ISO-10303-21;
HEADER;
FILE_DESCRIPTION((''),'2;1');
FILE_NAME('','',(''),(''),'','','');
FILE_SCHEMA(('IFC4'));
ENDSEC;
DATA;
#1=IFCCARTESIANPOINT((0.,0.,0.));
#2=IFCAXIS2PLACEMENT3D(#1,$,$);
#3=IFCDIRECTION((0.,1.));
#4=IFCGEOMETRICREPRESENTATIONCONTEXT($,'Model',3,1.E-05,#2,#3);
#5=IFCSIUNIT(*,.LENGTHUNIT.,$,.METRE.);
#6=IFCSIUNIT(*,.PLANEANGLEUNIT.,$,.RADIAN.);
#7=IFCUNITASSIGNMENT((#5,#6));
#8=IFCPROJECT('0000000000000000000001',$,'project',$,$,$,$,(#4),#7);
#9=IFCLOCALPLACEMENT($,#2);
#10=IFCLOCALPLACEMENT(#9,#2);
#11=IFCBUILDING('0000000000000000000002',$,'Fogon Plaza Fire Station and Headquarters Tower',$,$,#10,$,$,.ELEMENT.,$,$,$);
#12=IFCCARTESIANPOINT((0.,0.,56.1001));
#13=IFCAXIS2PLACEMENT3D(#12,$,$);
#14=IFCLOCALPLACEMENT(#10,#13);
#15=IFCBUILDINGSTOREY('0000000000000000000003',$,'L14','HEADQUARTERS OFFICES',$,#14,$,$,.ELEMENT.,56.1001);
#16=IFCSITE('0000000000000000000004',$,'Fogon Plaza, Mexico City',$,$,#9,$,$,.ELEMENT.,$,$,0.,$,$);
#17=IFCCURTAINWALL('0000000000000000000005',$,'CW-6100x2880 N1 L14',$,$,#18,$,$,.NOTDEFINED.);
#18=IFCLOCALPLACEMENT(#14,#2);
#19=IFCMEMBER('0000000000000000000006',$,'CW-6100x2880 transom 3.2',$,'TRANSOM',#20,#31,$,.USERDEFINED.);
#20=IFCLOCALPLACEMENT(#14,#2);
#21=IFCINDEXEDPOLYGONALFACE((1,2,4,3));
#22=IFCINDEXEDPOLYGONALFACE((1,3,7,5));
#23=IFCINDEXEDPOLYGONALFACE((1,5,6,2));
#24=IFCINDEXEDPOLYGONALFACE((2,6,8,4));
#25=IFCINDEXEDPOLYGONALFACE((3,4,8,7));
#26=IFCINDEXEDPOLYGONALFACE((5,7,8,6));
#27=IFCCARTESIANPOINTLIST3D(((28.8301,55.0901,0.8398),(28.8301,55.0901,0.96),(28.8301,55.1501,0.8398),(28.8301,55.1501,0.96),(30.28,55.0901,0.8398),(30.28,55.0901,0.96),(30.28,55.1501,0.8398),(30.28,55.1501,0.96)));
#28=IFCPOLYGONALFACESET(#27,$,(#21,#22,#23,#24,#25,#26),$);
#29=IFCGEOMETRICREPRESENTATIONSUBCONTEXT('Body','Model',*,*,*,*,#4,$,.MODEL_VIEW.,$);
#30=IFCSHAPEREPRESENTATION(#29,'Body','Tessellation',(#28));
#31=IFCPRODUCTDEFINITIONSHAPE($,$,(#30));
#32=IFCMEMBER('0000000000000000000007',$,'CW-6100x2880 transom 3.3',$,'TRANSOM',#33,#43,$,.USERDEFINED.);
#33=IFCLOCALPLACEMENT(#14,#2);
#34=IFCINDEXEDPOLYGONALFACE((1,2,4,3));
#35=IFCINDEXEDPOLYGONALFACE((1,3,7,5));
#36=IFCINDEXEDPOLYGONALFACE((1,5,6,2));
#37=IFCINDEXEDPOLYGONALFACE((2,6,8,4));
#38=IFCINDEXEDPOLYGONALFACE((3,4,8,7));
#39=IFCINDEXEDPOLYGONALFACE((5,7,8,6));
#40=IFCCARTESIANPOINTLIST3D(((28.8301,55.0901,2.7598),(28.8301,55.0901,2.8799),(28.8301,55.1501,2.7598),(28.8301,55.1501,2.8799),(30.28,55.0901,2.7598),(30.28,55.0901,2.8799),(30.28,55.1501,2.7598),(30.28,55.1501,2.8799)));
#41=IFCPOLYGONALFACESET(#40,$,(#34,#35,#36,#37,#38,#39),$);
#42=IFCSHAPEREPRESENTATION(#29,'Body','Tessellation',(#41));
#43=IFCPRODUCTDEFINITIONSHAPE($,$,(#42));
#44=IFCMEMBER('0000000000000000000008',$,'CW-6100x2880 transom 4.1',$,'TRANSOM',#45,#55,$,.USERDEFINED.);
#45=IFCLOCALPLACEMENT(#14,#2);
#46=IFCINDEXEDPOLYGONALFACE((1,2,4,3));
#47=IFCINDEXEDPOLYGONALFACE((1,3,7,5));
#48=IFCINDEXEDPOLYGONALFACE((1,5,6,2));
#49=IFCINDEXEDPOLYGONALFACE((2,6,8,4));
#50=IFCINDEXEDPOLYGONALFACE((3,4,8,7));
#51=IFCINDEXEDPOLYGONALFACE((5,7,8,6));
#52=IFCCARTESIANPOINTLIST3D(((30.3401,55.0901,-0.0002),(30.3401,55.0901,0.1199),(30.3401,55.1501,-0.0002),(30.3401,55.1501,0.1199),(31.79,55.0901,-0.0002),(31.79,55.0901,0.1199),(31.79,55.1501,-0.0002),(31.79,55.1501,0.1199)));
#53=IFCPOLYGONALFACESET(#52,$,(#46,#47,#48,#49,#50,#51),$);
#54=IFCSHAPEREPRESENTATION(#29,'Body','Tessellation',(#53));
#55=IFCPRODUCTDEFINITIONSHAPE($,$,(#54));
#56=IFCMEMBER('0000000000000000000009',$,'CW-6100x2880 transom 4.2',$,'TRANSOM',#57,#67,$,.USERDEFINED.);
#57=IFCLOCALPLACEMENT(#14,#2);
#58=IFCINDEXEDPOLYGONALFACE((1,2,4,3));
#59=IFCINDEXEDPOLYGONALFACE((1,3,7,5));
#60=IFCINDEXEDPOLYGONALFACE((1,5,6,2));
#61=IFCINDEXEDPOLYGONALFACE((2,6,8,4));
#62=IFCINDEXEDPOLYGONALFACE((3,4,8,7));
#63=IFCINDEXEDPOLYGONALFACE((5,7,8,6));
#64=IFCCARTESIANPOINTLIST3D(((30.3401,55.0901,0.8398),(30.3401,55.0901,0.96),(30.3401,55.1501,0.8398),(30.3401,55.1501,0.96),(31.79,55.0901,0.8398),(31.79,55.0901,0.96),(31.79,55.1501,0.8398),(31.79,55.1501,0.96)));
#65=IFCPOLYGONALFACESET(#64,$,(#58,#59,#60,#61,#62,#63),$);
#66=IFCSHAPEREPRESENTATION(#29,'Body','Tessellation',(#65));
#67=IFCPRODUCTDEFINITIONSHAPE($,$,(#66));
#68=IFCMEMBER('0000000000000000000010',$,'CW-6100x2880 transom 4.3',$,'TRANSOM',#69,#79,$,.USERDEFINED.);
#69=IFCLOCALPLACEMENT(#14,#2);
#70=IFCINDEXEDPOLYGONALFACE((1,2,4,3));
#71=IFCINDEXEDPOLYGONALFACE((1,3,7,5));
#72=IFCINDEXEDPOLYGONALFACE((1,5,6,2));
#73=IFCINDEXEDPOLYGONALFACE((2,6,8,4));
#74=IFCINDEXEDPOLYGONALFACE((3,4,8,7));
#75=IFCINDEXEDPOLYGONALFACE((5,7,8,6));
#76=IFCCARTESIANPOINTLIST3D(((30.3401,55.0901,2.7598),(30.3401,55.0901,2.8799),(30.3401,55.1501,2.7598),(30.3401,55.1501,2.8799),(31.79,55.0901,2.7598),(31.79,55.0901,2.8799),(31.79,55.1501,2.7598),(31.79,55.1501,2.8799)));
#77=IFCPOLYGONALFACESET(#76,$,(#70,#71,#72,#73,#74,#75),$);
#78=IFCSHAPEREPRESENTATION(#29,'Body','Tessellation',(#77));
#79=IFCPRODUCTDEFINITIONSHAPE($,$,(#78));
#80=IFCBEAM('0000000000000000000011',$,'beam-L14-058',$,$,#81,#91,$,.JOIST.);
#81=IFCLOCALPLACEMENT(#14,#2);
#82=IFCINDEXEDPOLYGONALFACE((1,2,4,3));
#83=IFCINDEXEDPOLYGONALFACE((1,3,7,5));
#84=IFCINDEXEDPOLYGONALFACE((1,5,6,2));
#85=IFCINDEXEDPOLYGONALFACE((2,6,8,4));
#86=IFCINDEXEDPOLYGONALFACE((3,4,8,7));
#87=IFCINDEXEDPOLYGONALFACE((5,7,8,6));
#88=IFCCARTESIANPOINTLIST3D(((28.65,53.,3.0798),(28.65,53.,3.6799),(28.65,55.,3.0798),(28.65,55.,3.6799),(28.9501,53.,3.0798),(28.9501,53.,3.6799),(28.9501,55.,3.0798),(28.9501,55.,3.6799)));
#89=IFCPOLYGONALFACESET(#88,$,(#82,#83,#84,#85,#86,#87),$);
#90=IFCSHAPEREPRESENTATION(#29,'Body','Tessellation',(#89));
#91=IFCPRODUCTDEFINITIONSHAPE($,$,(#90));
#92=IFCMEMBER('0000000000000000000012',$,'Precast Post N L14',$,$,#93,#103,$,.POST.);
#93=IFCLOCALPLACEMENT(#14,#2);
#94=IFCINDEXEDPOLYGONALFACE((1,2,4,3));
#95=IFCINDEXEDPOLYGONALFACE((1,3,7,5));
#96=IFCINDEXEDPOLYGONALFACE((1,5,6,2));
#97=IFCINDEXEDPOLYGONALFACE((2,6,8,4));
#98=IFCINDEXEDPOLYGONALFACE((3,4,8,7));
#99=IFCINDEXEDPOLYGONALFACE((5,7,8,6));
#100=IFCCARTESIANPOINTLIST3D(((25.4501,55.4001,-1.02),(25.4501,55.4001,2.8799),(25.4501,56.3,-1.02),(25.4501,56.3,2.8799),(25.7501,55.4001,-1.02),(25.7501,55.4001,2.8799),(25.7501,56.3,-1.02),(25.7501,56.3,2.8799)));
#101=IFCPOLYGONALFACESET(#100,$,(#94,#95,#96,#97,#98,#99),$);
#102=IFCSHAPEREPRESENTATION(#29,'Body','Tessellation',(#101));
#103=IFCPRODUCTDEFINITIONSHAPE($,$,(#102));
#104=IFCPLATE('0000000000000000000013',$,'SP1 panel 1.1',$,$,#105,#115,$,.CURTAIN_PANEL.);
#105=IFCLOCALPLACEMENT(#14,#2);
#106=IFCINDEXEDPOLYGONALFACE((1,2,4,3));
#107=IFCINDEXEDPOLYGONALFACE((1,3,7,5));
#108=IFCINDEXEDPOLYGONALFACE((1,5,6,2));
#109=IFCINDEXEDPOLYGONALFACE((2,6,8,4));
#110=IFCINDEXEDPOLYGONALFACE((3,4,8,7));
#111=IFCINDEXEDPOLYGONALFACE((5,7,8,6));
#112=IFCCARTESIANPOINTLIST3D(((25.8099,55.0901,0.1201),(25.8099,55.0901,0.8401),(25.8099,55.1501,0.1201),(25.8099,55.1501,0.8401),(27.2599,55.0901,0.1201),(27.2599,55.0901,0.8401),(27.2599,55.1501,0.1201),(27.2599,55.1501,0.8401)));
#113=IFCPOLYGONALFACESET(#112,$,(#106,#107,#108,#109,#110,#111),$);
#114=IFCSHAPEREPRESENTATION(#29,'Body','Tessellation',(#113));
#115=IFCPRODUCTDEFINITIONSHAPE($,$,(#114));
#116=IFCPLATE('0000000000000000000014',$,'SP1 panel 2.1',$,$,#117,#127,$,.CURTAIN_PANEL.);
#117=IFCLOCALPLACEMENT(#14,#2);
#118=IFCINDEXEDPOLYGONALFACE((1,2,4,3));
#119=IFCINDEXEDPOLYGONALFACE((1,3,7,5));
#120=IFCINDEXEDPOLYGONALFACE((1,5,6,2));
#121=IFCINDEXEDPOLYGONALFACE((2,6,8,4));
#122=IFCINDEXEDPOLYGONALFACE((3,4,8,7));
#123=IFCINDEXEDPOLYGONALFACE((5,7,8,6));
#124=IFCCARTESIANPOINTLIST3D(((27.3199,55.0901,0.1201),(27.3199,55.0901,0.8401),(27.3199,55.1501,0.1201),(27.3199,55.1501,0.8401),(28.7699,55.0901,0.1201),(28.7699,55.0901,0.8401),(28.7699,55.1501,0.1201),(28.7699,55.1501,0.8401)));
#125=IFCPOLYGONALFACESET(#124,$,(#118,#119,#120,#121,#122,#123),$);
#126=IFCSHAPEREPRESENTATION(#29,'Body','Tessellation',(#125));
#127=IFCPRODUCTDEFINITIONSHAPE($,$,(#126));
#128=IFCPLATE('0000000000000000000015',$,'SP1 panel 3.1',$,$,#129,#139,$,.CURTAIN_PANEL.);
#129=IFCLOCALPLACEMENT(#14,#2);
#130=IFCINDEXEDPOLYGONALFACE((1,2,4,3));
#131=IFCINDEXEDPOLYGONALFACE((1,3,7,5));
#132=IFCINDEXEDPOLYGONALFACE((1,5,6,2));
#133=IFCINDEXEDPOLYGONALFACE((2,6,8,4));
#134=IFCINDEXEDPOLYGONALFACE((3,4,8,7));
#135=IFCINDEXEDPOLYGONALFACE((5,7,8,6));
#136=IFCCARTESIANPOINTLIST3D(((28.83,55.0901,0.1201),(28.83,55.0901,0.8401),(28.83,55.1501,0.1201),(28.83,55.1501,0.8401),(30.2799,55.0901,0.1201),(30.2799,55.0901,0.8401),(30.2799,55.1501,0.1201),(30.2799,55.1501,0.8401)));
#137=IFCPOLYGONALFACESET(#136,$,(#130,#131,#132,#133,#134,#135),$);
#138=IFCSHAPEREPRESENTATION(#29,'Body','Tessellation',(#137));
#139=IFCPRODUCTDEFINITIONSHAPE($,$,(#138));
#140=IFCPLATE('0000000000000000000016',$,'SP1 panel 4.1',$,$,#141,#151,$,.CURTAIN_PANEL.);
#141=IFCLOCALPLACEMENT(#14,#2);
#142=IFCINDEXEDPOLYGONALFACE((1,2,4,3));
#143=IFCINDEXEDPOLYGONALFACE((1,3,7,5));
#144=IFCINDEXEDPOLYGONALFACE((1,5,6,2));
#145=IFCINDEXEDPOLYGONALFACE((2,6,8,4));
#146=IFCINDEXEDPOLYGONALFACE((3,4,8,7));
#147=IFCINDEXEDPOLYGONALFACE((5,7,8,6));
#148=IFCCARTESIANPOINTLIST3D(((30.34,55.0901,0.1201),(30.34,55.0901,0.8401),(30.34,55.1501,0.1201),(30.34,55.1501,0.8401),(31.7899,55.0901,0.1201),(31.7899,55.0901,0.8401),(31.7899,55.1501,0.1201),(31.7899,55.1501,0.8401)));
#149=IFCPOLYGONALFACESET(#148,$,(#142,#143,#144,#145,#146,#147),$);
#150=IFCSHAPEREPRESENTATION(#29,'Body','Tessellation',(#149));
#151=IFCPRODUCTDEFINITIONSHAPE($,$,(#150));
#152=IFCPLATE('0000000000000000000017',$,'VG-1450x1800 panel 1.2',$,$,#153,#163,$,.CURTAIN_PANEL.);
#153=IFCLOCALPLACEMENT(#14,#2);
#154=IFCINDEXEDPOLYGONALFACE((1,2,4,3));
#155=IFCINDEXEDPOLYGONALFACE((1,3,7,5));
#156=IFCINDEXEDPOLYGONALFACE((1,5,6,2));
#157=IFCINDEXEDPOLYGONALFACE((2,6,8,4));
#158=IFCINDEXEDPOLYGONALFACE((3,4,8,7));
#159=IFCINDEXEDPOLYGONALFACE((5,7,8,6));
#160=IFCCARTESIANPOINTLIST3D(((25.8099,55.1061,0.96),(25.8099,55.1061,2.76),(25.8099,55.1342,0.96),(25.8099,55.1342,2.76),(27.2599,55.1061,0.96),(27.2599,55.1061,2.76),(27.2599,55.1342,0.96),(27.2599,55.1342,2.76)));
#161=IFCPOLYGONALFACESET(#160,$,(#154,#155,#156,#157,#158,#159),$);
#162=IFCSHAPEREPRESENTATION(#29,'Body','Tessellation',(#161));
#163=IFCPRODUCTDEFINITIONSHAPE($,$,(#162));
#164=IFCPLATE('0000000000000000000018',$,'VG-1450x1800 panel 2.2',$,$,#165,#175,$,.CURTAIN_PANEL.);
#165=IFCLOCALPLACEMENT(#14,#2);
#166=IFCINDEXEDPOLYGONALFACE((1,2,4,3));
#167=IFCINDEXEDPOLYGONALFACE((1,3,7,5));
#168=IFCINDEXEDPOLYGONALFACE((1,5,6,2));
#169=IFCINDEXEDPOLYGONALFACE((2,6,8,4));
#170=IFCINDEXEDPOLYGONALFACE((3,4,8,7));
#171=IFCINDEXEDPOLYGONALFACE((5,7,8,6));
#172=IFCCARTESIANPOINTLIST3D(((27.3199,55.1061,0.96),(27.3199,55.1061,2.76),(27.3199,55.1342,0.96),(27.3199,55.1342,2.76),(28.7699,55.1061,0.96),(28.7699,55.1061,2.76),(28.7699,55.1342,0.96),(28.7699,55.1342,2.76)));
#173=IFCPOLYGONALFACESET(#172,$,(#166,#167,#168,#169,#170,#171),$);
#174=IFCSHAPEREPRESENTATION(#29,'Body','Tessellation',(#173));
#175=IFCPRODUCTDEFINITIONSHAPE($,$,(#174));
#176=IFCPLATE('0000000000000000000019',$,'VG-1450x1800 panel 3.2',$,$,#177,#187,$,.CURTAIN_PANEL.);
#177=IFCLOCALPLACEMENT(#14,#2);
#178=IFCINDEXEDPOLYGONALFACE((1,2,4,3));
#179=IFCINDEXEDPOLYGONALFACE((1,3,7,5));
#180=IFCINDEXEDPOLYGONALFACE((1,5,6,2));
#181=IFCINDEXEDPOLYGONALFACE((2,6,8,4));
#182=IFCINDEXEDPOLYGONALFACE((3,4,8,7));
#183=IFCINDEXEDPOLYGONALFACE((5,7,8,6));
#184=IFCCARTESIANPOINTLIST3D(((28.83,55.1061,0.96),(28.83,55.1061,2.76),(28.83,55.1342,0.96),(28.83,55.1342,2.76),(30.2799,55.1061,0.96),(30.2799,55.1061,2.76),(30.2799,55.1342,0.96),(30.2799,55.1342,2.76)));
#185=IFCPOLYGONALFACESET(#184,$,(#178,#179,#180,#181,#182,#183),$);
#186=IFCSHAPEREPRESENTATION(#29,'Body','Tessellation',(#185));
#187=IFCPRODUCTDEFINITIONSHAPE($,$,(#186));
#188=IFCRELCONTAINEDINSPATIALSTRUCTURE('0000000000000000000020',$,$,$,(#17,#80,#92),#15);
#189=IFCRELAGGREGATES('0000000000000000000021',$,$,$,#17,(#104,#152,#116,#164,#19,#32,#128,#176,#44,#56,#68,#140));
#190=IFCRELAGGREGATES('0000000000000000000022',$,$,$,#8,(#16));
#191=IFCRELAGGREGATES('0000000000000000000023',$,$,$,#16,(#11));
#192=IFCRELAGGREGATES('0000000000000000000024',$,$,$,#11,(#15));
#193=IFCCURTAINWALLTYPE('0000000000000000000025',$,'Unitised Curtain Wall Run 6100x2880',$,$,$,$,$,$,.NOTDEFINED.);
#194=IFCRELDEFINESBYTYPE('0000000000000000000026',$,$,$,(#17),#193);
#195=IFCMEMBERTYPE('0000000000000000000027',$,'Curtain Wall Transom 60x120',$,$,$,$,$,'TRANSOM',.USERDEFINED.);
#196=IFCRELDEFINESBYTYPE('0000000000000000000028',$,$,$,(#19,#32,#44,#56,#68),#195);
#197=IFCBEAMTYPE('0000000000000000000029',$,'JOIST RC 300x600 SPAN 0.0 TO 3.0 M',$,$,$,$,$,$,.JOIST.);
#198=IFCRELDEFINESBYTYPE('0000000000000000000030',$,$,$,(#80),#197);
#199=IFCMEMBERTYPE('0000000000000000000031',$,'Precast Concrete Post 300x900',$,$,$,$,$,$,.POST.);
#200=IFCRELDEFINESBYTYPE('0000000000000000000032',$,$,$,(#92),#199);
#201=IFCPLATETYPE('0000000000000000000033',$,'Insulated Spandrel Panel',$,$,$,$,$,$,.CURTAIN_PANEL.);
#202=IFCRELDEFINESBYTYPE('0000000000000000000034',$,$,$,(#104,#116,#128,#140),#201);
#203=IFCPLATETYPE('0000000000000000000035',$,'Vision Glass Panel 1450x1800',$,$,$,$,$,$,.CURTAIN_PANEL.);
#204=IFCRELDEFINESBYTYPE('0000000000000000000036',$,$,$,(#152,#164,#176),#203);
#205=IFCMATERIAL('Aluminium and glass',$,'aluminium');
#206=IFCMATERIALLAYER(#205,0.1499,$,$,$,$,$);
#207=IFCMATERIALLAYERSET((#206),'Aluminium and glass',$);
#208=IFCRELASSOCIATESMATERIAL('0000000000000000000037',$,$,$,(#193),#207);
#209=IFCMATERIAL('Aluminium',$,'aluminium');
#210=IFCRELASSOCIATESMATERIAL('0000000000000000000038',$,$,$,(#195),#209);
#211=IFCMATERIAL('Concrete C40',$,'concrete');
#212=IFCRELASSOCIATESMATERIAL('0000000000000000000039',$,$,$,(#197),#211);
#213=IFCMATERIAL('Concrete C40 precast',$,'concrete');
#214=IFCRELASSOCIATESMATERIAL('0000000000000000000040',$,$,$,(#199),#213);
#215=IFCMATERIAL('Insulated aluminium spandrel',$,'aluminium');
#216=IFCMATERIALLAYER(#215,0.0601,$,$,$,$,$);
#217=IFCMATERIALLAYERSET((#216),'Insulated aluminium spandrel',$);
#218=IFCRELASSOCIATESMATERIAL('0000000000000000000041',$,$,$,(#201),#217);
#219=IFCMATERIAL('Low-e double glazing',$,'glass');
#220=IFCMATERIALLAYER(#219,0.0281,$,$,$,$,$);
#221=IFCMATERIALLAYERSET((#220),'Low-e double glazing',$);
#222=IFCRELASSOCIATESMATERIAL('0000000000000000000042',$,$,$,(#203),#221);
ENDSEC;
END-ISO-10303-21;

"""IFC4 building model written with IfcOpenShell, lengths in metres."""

from ifc_helpers import new_model, si_unit, direction, frame, origin, origin_2d, place, context, subcontext, project, spatial, rectangle, extrude, material, layer, layer_set, material_profile, profile_set, type_object, element, aggregate, save


model = new_model("IFC4")

# Units and contexts
model_context = context("Model", 3, precision=1e-05, world=origin(), true_north=direction((0.0, 1.0)))
body_context = subcontext(model_context, "Body", "Model", "MODEL_VIEW")
ifc_project = project(units=[si_unit("LENGTHUNIT", "METRE"), si_unit("PLANEANGLEUNIT", "RADIAN")], contexts=[model_context])

# Site, building, storey
site_placement = place(None, origin())
site = spatial("IfcSite", under=ifc_project, at=site_placement, Name="Fogon Plaza, Mexico City", CompositionType="ELEMENT", RefElevation=0.0)
building_placement = place(site_placement, origin())
building = spatial("IfcBuilding", under=site, at=building_placement, Name="Fogon Plaza Fire Station and Headquarters Tower", CompositionType="ELEMENT")
storey_placement = place(building_placement, frame((0.0, 0.0, 56.1001)))
storey = spatial("IfcBuildingStorey", under=building, at=storey_placement, Name="L14", Description="HEADQUARTERS OFFICES", CompositionType="ELEMENT", Elevation=56.1001)

# Curtain wall, members
ifc_material_1 = material(Name="Aluminium and glass", Category="aluminium")
ifc_layer_1 = layer(ifc_material_1, 0.1499)
ifc_layer_set_1 = layer_set([ifc_layer_1], Name="Aluminium and glass")
curtain_wall_type = type_object("IfcCurtainWallType", Name="Unitised Curtain Wall Run 6100x2880", PredefinedType="NOTDEFINED", material=ifc_layer_set_1)
curtain_wall_placement = place(storey_placement, origin())
curtain_wall = element("IfcCurtainWall", 1, at=curtain_wall_placement, inside=storey, type_object=curtain_wall_type, Name="CW-6100x2880 N1 L14", PredefinedType="NOTDEFINED")
ifc_material_2 = material(Name="Aluminium", Category="aluminium")
ifc_material_profile_1 = material_profile(ifc_material_2, rectangle(XDim=0.0601, YDim=0.1201, at=origin_2d()), Name="Curtain Wall Transom 60x120")
ifc_profile_set_1 = profile_set([ifc_material_profile_1], Name="Aluminium")
member_type_1 = type_object("IfcMemberType", Name="Curtain Wall Transom 60x120", ElementType="TRANSOM", PredefinedType="USERDEFINED", material=ifc_profile_set_1)
member_1_placement = place(storey_placement, frame((28.8301, 55.1201, 0.8999), z_axis=(1.0, 0.0, 0.0), x_axis=(0.0, 1.0, 0.0)))
member_1 = element("IfcMember", 2, at=member_1_placement, type_object=member_type_1, Name="CW-6100x2880 transom 3.2", ObjectType="TRANSOM", PredefinedType="USERDEFINED", context=body_context, shape_type="SweptSolid", body=[
    extrude(rectangle(XDim=0.0601, YDim=0.1201, at=origin_2d()), origin(), (0.0, 0.0, 1.0), 1.45),
])
member_2_placement = place(storey_placement, frame((28.8301, 55.1201, 2.8198), z_axis=(1.0, 0.0, 0.0), x_axis=(0.0, 1.0, 0.0)))
member_2 = element("IfcMember", 3, at=member_2_placement, type_object=member_type_1, Name="CW-6100x2880 transom 3.3", ObjectType="TRANSOM", PredefinedType="USERDEFINED", context=body_context, shape_type="SweptSolid", body=[
    extrude(rectangle(XDim=0.0601, YDim=0.1201, at=origin_2d()), origin(), (0.0, 0.0, 1.0), 1.45),
])
member_3_placement = place(storey_placement, frame((30.3401, 55.1201, 0.0598), z_axis=(1.0, 0.0, 0.0), x_axis=(0.0, 1.0, 0.0)))
member_3 = element("IfcMember", 4, at=member_3_placement, type_object=member_type_1, Name="CW-6100x2880 transom 4.1", ObjectType="TRANSOM", PredefinedType="USERDEFINED", context=body_context, shape_type="SweptSolid", body=[
    extrude(rectangle(XDim=0.0601, YDim=0.1201, at=origin_2d()), origin(), (0.0, 0.0, 1.0), 1.45),
])
member_4_placement = place(storey_placement, frame((30.3401, 55.1201, 0.8999), z_axis=(1.0, 0.0, 0.0), x_axis=(0.0, 1.0, 0.0)))
member_4 = element("IfcMember", 5, at=member_4_placement, type_object=member_type_1, Name="CW-6100x2880 transom 4.2", ObjectType="TRANSOM", PredefinedType="USERDEFINED", context=body_context, shape_type="SweptSolid", body=[
    extrude(rectangle(XDim=0.0601, YDim=0.1201, at=origin_2d()), origin(), (0.0, 0.0, 1.0), 1.45),
])
member_5_placement = place(storey_placement, frame((30.3401, 55.1201, 2.8198), z_axis=(1.0, 0.0, 0.0), x_axis=(0.0, 1.0, 0.0)))
member_5 = element("IfcMember", 6, at=member_5_placement, type_object=member_type_1, Name="CW-6100x2880 transom 4.3", ObjectType="TRANSOM", PredefinedType="USERDEFINED", context=body_context, shape_type="SweptSolid", body=[
    extrude(rectangle(XDim=0.0601, YDim=0.1201, at=origin_2d()), origin(), (0.0, 0.0, 1.0), 1.45),
])

# Beam
ifc_material_3 = material(Name="Concrete C40", Category="concrete")
ifc_material_profile_2 = material_profile(ifc_material_3, rectangle(XDim=0.3, YDim=0.6001, at=origin_2d()), Name="RC 300x600")
ifc_profile_set_2 = profile_set([ifc_material_profile_2], Name="Concrete C40")
beam_type_1 = type_object("IfcBeamType", Name="JOIST RC 300x600 SPAN 0.0 TO 3.0 M", PredefinedType="JOIST", material=ifc_profile_set_2)
beam_1_placement = place(storey_placement, frame((28.8, 53.0, 3.3799), z_axis=(0.0, 1.0, 0.0), x_axis=(-1.0, 0.0, 0.0)))
element("IfcBeam", 7, at=beam_1_placement, inside=storey, type_object=beam_type_1, Name="beam-L14-058", PredefinedType="JOIST", context=body_context, shape_type="SweptSolid", body=[
    extrude(rectangle(XDim=0.3, YDim=0.6001, at=origin_2d()), origin(), (0.0, 0.0, 1.0), 2.0),
])

# Member
ifc_material_4 = material(Name="Concrete C40 precast", Category="concrete")
ifc_material_profile_3 = material_profile(ifc_material_4, rectangle(XDim=0.3, YDim=0.8999, at=origin_2d()), Name="Precast Concrete Post 300x900")
ifc_profile_set_3 = profile_set([ifc_material_profile_3], Name="Concrete C40 precast")
member_type_2 = type_object("IfcMemberType", Name="Precast Concrete Post 300x900", PredefinedType="POST", material=ifc_profile_set_3)
member_6_placement = place(storey_placement, frame((25.6001, 55.8501, -1.02), z_axis=(0.0, 0.0, 1.0), x_axis=(1.0, 0.0, 0.0)))
element("IfcMember", 8, at=member_6_placement, inside=storey, type_object=member_type_2, Name="Precast Post N L14", PredefinedType="POST", context=body_context, shape_type="SweptSolid", body=[
    extrude(rectangle(XDim=0.3, YDim=0.8999, at=origin_2d()), origin(), (0.0, 0.0, 1.0), 3.8999),
])

# Plates
ifc_material_5 = material(Name="Insulated aluminium spandrel", Category="aluminium")
ifc_layer_2 = layer(ifc_material_5, 0.0601)
ifc_layer_set_2 = layer_set([ifc_layer_2], Name="Insulated aluminium spandrel")
plate_type_1 = type_object("IfcPlateType", Name="Insulated Spandrel Panel", PredefinedType="CURTAIN_PANEL", material=ifc_layer_set_2)
plate_1_placement = place(storey_placement, frame((26.5349, 55.1201, 0.1201), z_axis=(0.0, 0.0, 1.0), x_axis=(1.0, 0.0, 0.0)))
plate_1 = element("IfcPlate", 9, at=plate_1_placement, type_object=plate_type_1, Name="SP1 panel 1.1", PredefinedType="CURTAIN_PANEL", context=body_context, shape_type="SweptSolid", body=[
    extrude(rectangle(XDim=1.45, YDim=0.0601, at=origin_2d()), origin(), (0.0, 0.0, 1.0), 0.72),
])
plate_2_placement = place(storey_placement, frame((28.0449, 55.1201, 0.1201), z_axis=(0.0, 0.0, 1.0), x_axis=(1.0, 0.0, 0.0)))
plate_2 = element("IfcPlate", 10, at=plate_2_placement, type_object=plate_type_1, Name="SP1 panel 2.1", PredefinedType="CURTAIN_PANEL", context=body_context, shape_type="SweptSolid", body=[
    extrude(rectangle(XDim=1.45, YDim=0.0601, at=origin_2d()), origin(), (0.0, 0.0, 1.0), 0.72),
])
plate_3_placement = place(storey_placement, frame((29.5549, 55.1201, 0.1201), z_axis=(0.0, 0.0, 1.0), x_axis=(1.0, 0.0, 0.0)))
plate_3 = element("IfcPlate", 11, at=plate_3_placement, type_object=plate_type_1, Name="SP1 panel 3.1", PredefinedType="CURTAIN_PANEL", context=body_context, shape_type="SweptSolid", body=[
    extrude(rectangle(XDim=1.45, YDim=0.0601, at=origin_2d()), origin(), (0.0, 0.0, 1.0), 0.72),
])
plate_4_placement = place(storey_placement, frame((31.0649, 55.1201, 0.1201), z_axis=(0.0, 0.0, 1.0), x_axis=(1.0, 0.0, 0.0)))
plate_4 = element("IfcPlate", 12, at=plate_4_placement, type_object=plate_type_1, Name="SP1 panel 4.1", PredefinedType="CURTAIN_PANEL", context=body_context, shape_type="SweptSolid", body=[
    extrude(rectangle(XDim=1.45, YDim=0.0601, at=origin_2d()), origin(), (0.0, 0.0, 1.0), 0.72),
])
ifc_material_6 = material(Name="Low-e double glazing", Category="glass")
ifc_layer_3 = layer(ifc_material_6, 0.0281)
ifc_layer_set_3 = layer_set([ifc_layer_3], Name="Low-e double glazing")
plate_type_2 = type_object("IfcPlateType", Name="Vision Glass Panel 1450x1800", PredefinedType="CURTAIN_PANEL", material=ifc_layer_set_3)
plate_5_placement = place(storey_placement, frame((26.5349, 55.1201, 0.96), z_axis=(0.0, 0.0, 1.0), x_axis=(1.0, 0.0, 0.0)))
plate_5 = element("IfcPlate", 13, at=plate_5_placement, type_object=plate_type_2, Name="VG-1450x1800 panel 1.2", PredefinedType="CURTAIN_PANEL", context=body_context, shape_type="SweptSolid", body=[
    extrude(rectangle(XDim=1.45, YDim=0.0281, at=origin_2d()), origin(), (0.0, 0.0, 1.0), 1.8),
])
plate_6_placement = place(storey_placement, frame((28.0449, 55.1201, 0.96), z_axis=(0.0, 0.0, 1.0), x_axis=(1.0, 0.0, 0.0)))
plate_6 = element("IfcPlate", 14, at=plate_6_placement, type_object=plate_type_2, Name="VG-1450x1800 panel 2.2", PredefinedType="CURTAIN_PANEL", context=body_context, shape_type="SweptSolid", body=[
    extrude(rectangle(XDim=1.45, YDim=0.0281, at=origin_2d()), origin(), (0.0, 0.0, 1.0), 1.8),
])
plate_7_placement = place(storey_placement, frame((29.5549, 55.1201, 0.96), z_axis=(0.0, 0.0, 1.0), x_axis=(1.0, 0.0, 0.0)))
plate_7 = element("IfcPlate", 15, at=plate_7_placement, type_object=plate_type_2, Name="VG-1450x1800 panel 3.2", PredefinedType="CURTAIN_PANEL", context=body_context, shape_type="SweptSolid", body=[
    extrude(rectangle(XDim=1.45, YDim=0.0281, at=origin_2d()), origin(), (0.0, 0.0, 1.0), 1.8),
])
aggregate(curtain_wall, [plate_1, plate_5, plate_2, plate_6, member_1, member_2, plate_3, plate_7, member_3, member_4, member_5, plate_4])

save(model, "model.ifc")
